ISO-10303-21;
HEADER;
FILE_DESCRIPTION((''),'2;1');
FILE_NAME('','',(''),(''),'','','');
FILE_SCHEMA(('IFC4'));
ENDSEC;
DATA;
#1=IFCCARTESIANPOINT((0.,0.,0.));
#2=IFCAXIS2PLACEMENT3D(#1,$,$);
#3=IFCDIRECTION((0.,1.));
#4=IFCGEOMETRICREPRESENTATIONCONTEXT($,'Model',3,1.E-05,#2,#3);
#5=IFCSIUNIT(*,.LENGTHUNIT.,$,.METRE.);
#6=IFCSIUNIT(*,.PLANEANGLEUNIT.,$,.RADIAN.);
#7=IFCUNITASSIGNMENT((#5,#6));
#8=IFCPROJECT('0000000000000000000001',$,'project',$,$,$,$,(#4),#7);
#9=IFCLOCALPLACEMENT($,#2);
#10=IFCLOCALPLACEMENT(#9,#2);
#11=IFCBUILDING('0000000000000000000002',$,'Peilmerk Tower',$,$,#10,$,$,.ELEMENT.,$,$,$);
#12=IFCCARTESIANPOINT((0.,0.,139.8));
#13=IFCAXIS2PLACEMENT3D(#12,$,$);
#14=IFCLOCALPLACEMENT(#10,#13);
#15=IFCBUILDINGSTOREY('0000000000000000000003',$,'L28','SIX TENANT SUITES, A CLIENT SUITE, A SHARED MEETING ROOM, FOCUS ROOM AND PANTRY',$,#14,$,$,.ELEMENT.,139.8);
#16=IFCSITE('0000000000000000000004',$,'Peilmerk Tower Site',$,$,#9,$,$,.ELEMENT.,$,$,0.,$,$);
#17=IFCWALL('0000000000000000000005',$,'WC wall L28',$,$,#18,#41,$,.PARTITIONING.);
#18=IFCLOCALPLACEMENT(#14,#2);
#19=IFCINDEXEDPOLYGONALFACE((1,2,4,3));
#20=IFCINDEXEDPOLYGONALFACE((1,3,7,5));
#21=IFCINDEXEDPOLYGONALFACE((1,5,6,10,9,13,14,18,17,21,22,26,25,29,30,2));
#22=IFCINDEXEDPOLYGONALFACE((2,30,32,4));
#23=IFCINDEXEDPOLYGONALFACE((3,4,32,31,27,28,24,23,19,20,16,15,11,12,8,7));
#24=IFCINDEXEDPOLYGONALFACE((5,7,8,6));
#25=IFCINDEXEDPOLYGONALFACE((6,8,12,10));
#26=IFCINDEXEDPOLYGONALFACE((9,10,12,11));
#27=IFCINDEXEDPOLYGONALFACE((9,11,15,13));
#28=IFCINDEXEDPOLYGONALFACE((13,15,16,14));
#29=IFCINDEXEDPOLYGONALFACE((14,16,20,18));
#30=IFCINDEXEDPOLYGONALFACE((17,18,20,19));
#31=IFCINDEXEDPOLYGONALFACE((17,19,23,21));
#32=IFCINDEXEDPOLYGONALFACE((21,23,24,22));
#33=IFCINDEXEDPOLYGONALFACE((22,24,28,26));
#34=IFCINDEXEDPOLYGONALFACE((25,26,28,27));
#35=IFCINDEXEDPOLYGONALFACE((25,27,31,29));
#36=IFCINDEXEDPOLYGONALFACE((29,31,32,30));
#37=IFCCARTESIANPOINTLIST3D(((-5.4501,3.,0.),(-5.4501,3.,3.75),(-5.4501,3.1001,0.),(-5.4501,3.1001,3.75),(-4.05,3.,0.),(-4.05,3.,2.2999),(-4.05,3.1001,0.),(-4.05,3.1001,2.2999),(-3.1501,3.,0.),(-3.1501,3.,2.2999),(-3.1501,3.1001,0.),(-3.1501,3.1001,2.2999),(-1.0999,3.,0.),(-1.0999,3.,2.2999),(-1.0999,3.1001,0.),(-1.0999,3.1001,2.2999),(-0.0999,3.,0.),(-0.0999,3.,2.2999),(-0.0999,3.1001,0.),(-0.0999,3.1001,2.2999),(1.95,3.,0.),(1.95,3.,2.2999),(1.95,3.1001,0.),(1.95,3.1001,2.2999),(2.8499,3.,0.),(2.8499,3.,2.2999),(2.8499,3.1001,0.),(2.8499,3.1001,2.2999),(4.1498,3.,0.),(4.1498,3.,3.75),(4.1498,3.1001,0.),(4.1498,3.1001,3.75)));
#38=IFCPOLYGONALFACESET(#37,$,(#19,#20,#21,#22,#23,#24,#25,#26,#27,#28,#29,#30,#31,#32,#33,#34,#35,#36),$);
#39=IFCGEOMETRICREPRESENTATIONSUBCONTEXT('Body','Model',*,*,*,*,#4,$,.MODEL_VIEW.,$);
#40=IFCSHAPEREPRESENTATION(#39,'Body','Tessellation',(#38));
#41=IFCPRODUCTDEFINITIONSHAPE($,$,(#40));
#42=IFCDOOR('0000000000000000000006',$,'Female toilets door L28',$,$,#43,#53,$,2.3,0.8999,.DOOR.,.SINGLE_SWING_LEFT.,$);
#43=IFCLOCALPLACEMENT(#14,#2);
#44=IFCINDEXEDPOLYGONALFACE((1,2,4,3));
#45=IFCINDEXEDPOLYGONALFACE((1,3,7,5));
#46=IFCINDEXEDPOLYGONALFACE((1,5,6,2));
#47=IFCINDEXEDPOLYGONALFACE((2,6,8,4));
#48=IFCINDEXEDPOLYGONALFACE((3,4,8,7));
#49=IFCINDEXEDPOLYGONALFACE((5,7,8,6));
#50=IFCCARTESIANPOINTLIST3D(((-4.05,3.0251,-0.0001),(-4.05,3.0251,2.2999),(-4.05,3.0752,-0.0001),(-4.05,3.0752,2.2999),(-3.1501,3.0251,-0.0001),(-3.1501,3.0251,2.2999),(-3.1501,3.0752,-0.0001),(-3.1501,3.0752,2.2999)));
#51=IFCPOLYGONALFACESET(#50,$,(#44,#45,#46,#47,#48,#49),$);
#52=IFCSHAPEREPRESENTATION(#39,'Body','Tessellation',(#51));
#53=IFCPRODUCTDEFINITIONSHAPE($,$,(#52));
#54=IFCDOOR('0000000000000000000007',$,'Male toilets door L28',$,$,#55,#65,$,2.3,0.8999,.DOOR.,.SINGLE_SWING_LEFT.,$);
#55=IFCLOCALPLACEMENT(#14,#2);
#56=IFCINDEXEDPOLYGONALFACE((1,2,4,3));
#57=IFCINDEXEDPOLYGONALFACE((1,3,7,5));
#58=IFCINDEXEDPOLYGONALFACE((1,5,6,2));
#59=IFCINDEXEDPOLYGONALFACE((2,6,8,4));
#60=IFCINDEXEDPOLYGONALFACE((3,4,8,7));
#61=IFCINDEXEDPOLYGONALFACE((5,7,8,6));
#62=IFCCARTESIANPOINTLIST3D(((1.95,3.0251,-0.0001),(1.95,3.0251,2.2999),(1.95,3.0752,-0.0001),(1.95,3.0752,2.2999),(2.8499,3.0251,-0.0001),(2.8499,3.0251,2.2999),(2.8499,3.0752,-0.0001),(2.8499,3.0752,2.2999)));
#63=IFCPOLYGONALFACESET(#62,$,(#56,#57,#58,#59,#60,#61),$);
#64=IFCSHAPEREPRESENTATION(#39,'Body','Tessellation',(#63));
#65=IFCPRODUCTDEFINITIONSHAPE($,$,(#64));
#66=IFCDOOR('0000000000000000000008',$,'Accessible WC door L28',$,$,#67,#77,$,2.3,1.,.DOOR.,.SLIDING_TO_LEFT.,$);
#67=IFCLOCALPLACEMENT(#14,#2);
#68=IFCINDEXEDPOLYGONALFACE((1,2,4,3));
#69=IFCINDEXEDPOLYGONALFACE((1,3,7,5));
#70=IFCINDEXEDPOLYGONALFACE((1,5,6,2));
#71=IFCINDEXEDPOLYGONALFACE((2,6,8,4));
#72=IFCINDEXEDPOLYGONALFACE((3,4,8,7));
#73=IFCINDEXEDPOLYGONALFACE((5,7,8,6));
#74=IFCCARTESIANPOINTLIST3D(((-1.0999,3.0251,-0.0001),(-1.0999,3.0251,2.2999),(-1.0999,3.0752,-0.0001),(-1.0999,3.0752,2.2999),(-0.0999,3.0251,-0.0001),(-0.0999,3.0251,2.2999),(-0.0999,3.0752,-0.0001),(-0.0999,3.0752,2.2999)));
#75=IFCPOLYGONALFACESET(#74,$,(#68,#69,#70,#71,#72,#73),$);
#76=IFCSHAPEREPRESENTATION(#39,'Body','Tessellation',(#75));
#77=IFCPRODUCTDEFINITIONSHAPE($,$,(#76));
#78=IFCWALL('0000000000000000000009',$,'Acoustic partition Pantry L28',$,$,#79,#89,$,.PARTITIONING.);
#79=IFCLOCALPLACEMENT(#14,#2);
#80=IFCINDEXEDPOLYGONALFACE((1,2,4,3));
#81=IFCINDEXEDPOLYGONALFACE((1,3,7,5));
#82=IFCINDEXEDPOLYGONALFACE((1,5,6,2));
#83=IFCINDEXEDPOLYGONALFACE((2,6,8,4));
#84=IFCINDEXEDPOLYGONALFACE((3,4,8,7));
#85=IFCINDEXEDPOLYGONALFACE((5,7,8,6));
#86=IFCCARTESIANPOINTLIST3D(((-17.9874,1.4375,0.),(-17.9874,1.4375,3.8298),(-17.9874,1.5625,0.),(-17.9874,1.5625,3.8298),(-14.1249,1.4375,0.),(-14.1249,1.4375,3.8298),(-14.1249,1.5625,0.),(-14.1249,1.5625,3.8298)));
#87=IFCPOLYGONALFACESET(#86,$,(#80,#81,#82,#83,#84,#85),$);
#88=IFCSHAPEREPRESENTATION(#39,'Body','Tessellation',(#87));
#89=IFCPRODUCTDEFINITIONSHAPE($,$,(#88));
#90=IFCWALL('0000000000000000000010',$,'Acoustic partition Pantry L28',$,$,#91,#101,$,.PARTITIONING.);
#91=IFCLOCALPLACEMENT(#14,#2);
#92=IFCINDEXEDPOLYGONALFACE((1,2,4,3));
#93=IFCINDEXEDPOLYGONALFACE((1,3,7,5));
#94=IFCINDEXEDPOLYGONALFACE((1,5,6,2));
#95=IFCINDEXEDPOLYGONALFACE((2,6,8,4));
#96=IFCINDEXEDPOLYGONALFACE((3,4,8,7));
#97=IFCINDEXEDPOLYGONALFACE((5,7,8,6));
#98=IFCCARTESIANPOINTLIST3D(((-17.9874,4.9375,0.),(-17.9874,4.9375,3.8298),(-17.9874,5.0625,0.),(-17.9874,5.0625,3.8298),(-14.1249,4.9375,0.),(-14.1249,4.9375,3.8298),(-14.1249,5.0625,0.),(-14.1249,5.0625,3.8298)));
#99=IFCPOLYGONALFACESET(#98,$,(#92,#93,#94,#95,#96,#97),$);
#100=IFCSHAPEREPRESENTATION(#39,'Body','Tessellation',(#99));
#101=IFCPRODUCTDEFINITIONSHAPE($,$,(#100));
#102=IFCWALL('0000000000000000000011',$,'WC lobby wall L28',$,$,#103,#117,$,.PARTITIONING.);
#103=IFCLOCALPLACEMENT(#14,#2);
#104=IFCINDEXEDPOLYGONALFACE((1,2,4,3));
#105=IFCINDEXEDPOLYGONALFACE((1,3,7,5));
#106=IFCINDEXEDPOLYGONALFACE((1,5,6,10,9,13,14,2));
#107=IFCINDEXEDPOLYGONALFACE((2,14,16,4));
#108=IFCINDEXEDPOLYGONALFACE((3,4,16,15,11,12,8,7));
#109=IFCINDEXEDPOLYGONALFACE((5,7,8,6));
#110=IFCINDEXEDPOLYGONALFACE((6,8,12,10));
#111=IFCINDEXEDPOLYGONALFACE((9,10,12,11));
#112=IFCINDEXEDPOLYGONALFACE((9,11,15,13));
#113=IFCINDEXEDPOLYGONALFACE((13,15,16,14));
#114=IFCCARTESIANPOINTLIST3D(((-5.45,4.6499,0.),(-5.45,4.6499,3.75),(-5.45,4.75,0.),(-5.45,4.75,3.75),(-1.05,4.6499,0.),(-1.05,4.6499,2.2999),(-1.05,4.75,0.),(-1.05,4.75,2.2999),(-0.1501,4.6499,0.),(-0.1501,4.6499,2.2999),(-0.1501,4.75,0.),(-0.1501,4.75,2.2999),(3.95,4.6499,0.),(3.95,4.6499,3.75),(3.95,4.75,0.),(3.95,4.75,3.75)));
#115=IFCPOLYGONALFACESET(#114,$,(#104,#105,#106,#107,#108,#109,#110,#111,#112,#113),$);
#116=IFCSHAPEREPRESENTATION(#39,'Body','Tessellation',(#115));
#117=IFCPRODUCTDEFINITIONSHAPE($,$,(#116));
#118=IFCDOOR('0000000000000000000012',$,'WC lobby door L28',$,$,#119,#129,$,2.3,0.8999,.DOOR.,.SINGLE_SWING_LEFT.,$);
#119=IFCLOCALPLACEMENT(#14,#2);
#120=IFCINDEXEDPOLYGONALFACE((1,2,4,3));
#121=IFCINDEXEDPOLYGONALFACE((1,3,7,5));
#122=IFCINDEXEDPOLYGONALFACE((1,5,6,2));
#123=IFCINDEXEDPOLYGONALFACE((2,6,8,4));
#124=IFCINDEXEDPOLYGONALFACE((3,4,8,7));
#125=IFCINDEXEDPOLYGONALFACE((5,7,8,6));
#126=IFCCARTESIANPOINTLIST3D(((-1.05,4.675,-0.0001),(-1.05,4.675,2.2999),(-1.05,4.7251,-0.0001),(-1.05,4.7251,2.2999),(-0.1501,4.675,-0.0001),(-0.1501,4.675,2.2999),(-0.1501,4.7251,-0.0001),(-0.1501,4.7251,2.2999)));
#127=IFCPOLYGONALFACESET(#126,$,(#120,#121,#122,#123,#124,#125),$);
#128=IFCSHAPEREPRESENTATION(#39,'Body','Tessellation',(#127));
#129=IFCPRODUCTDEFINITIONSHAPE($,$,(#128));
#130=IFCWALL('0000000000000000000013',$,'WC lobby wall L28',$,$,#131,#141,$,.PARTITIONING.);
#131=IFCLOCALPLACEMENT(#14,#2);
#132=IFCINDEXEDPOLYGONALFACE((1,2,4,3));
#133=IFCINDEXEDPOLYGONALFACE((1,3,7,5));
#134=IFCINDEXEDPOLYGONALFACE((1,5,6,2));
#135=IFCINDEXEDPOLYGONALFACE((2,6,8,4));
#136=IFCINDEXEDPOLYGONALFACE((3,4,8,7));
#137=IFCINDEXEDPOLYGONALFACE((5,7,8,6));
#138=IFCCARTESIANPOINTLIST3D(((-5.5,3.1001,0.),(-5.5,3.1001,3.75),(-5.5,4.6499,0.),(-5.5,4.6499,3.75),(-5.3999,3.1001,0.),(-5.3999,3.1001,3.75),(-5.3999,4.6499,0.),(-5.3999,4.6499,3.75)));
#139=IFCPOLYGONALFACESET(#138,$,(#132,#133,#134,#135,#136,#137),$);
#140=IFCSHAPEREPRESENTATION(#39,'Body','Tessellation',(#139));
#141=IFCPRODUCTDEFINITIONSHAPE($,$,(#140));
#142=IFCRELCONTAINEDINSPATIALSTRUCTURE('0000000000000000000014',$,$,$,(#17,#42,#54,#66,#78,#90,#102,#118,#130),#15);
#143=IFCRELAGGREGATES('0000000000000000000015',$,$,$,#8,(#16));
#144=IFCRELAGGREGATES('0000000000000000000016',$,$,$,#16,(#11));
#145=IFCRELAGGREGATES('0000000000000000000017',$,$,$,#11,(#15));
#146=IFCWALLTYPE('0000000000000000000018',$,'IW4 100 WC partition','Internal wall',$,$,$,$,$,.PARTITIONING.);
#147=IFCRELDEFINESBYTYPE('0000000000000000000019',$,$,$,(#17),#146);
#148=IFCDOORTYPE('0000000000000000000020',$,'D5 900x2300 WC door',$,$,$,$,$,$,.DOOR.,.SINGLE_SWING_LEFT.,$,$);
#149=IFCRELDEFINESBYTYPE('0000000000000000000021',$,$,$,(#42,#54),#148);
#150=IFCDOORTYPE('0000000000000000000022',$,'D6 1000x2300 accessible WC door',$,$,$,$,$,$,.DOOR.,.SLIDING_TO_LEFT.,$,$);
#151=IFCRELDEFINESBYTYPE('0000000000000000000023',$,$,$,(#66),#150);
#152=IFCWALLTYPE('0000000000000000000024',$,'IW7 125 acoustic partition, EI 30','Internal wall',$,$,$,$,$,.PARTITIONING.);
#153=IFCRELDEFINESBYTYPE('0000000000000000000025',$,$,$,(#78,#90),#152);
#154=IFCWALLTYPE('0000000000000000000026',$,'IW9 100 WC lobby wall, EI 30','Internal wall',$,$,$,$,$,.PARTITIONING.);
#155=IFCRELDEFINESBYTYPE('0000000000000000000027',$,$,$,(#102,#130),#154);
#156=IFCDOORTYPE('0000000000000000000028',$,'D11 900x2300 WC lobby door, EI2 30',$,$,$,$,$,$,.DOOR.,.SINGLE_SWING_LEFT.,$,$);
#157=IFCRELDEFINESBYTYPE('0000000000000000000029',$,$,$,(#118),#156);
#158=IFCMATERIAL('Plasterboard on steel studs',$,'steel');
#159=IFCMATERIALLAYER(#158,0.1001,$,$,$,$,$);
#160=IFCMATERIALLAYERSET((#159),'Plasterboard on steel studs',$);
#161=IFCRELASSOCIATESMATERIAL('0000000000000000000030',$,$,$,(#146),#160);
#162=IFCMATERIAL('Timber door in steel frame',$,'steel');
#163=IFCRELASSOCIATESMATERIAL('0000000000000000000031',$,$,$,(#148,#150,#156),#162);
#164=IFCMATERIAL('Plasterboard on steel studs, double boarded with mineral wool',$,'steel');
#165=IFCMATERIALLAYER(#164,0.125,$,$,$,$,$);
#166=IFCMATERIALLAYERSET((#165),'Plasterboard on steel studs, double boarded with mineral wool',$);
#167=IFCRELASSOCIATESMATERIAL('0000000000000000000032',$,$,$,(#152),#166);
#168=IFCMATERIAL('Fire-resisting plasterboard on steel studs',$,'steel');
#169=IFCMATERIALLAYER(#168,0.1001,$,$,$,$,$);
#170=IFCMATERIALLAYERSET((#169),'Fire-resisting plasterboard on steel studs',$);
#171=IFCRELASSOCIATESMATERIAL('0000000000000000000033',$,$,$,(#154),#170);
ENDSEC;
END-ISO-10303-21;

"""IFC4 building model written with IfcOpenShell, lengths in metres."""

from ifc_helpers import new_model, si_unit, direction, frame, frame_2d, origin, place, context, subcontext, project, spatial, rectangle, extrude, material, layer, layer_set, type_object, element, fill, save


model = new_model("IFC4")

# Units and contexts
model_context = context("Model", 3, precision=1e-05, world=origin(), true_north=direction((0.0, 1.0)))
body_context = subcontext(model_context, "Body", "Model", "MODEL_VIEW")
ifc_project = project(units=[si_unit("LENGTHUNIT", "METRE"), si_unit("PLANEANGLEUNIT", "RADIAN")], contexts=[model_context])

# Site, building, storey
site_placement = place(None, origin())
site = spatial("IfcSite", under=ifc_project, at=site_placement, Name="Peilmerk Tower Site", CompositionType="ELEMENT", RefElevation=0.0)
building_placement = place(site_placement, origin())
building = spatial("IfcBuilding", under=site, at=building_placement, Name="Peilmerk Tower", CompositionType="ELEMENT")
storey_placement = place(building_placement, frame((0.0, 0.0, 139.8)))
storey = spatial("IfcBuildingStorey", under=building, at=storey_placement, Name="L28", Description="SIX TENANT SUITES, A CLIENT SUITE, A SHARED MEETING ROOM, FOCUS ROOM AND PANTRY", CompositionType="ELEMENT", Elevation=139.8)

# Wall, openings, doors
ifc_material_1 = material(Name="Plasterboard on steel studs", Category="steel")
ifc_layer_1 = layer(ifc_material_1, 0.1001)
ifc_layer_set_1 = layer_set([ifc_layer_1], Name="Plasterboard on steel studs")
wall_type_1 = type_object("IfcWallType", Name="IW4 100 WC partition", Description="Internal wall", PredefinedType="PARTITIONING", material=ifc_layer_set_1)
wall_1_placement = place(storey_placement, frame((-5.45, 3.05, 0.0), z_axis=(0.0, 0.0, 1.0), x_axis=(1.0, 0.0, 0.0)))
wall_1 = element("IfcWall", 1, at=wall_1_placement, inside=storey, type_object=wall_type_1, Name="WC wall L28", PredefinedType="PARTITIONING", context=body_context, shape_type="SweptSolid", body=[
    extrude(rectangle(XDim=9.5999, YDim=0.1001, at=frame_2d((4.7998, 0.0))), origin(), (0.0, 0.0, 1.0), 3.75),
])
opening_1_placement = place(wall_1_placement, frame((1.3999, 0.0, 0.0)))
opening_1 = element("IfcOpeningElement", 2, at=opening_1_placement, cuts=wall_1, PredefinedType="OPENING", context=body_context, shape_type="SweptSolid", body=[
    extrude(rectangle(XDim=0.8999, YDim=2.3, at=frame_2d((0.45, 1.1499))), frame((0.0, 0.0601, 0.0), z_axis=(0.0, -1.0, 0.0), x_axis=(1.0, 0.0, 0.0)), (0.0, 0.0, 1.0), 0.1201),
])
opening_2_placement = place(wall_1_placement, frame((4.3501, 0.0, 0.0)))
opening_2 = element("IfcOpeningElement", 3, at=opening_2_placement, cuts=wall_1, PredefinedType="OPENING", context=body_context, shape_type="SweptSolid", body=[
    extrude(rectangle(XDim=1.0, YDim=2.3, at=frame_2d((0.5, 1.1499))), frame((0.0, 0.0601, 0.0), z_axis=(0.0, -1.0, 0.0), x_axis=(1.0, 0.0, 0.0)), (0.0, 0.0, 1.0), 0.1201),
])
opening_3_placement = place(wall_1_placement, frame((7.3999, 0.0, 0.0)))
opening_3 = element("IfcOpeningElement", 4, at=opening_3_placement, cuts=wall_1, PredefinedType="OPENING", context=body_context, shape_type="SweptSolid", body=[
    extrude(rectangle(XDim=0.8999, YDim=2.3, at=frame_2d((0.45, 1.1499))), frame((0.0, 0.0601, 0.0), z_axis=(0.0, -1.0, 0.0), x_axis=(1.0, 0.0, 0.0)), (0.0, 0.0, 1.0), 0.1201),
])
ifc_material_2 = material(Name="Timber door in steel frame", Category="steel")
door_type_1 = type_object("IfcDoorType", Name="D5 900x2300 WC door", OperationType="SINGLE_SWING_LEFT", PredefinedType="DOOR", material=ifc_material_2)
door_1_placement = place(opening_1_placement, frame((0.8999, 0.0, 0.0), z_axis=(0.0, 0.0, 1.0), x_axis=(-1.0, 0.0, 0.0)))
door_1 = element("IfcDoor", 5, at=door_1_placement, inside=storey, type_object=door_type_1, Name="Female toilets door L28", OperationType="SINGLE_SWING_LEFT", OverallHeight=2.3, OverallWidth=0.8999, PredefinedType="DOOR", context=body_context, shape_type="SweptSolid", body=[
    extrude(rectangle(XDim=0.8999, YDim=2.3, at=frame_2d((0.45, 1.1499))), frame((0.0, 0.0249, 0.0), z_axis=(0.0, -1.0, 0.0), x_axis=(1.0, 0.0, 0.0)), (0.0, 0.0, 1.0), 0.05),
])
fill(opening_1, door_1)
door_2_placement = place(opening_3_placement, frame((0.8999, 0.0, 0.0), z_axis=(0.0, 0.0, 1.0), x_axis=(-1.0, 0.0, 0.0)))
door_2 = element("IfcDoor", 6, at=door_2_placement, inside=storey, type_object=door_type_1, Name="Male toilets door L28", OperationType="SINGLE_SWING_LEFT", OverallHeight=2.3, OverallWidth=0.8999, PredefinedType="DOOR", context=body_context, shape_type="SweptSolid", body=[
    extrude(rectangle(XDim=0.8999, YDim=2.3, at=frame_2d((0.45, 1.1499))), frame((0.0, 0.0249, 0.0), z_axis=(0.0, -1.0, 0.0), x_axis=(1.0, 0.0, 0.0)), (0.0, 0.0, 1.0), 0.05),
])
fill(opening_3, door_2)
door_type_2 = type_object("IfcDoorType", Name="D6 1000x2300 accessible WC door", OperationType="SLIDING_TO_LEFT", PredefinedType="DOOR", material=ifc_material_2)
door_3_placement = place(opening_2_placement, frame((1.0, 0.0, 0.0), z_axis=(0.0, 0.0, 1.0), x_axis=(-1.0, 0.0, 0.0)))
door_3 = element("IfcDoor", 7, at=door_3_placement, inside=storey, type_object=door_type_2, Name="Accessible WC door L28", OperationType="SLIDING_TO_LEFT", OverallHeight=2.3, OverallWidth=1.0, PredefinedType="DOOR", context=body_context, shape_type="SweptSolid", body=[
    extrude(rectangle(XDim=1.0, YDim=2.3, at=frame_2d((0.5, 1.1499))), frame((0.0, 0.0249, 0.0), z_axis=(0.0, -1.0, 0.0), x_axis=(1.0, 0.0, 0.0)), (0.0, 0.0, 1.0), 0.05),
])
fill(opening_2, door_3)

# Walls
ifc_material_3 = material(Name="Plasterboard on steel studs, double boarded with mineral wool", Category="steel")
ifc_layer_2 = layer(ifc_material_3, 0.125)
ifc_layer_set_2 = layer_set([ifc_layer_2], Name="Plasterboard on steel studs, double boarded with mineral wool")
wall_type_2 = type_object("IfcWallType", Name="IW7 125 acoustic partition, EI 30", Description="Internal wall", PredefinedType="PARTITIONING", material=ifc_layer_set_2)
for number, where, z_axis, x_axis, name in (
    (8, (-14.125, 1.5, 0.0), (0.0, 0.0, 1.0), (-1.0, 0.0, 0.0), "Acoustic partition Pantry L28"),
    (9, (-14.125, 5.0, 0.0), (0.0, 0.0, 1.0), (-1.0, 0.0, 0.0), "Acoustic partition Pantry L28"),
):
    element("IfcWall", number, at=place(storey_placement, frame(where, z_axis=z_axis, x_axis=x_axis)), inside=storey, type_object=wall_type_2, Name=name, PredefinedType="PARTITIONING", context=body_context, shape_type="SweptSolid", body=[
        extrude(rectangle(XDim=3.8625, YDim=0.125, at=frame_2d((1.9312, 0.0))), origin(), (0.0, 0.0, 1.0), 3.8298),
    ])

# Wall, opening, door
ifc_material_4 = material(Name="Fire-resisting plasterboard on steel studs", Category="steel")
ifc_layer_3 = layer(ifc_material_4, 0.1001)
ifc_layer_set_3 = layer_set([ifc_layer_3], Name="Fire-resisting plasterboard on steel studs")
wall_type_3 = type_object("IfcWallType", Name="IW9 100 WC lobby wall, EI 30", Description="Internal wall", PredefinedType="PARTITIONING", material=ifc_layer_set_3)
wall_2_placement = place(storey_placement, frame((-5.45, 4.7, 0.0), z_axis=(0.0, 0.0, 1.0), x_axis=(1.0, 0.0, 0.0)))
wall_2 = element("IfcWall", 10, at=wall_2_placement, inside=storey, type_object=wall_type_3, Name="WC lobby wall L28", PredefinedType="PARTITIONING", context=body_context, shape_type="SweptSolid", body=[
    extrude(rectangle(XDim=9.3999, YDim=0.1001, at=frame_2d((4.7, 0.0))), origin(), (0.0, 0.0, 1.0), 3.75),
])
opening_4_placement = place(wall_2_placement, frame((4.3999, 0.0, 0.0)))
opening_4 = element("IfcOpeningElement", 11, at=opening_4_placement, cuts=wall_2, PredefinedType="OPENING", context=body_context, shape_type="SweptSolid", body=[
    extrude(rectangle(XDim=0.8999, YDim=2.3, at=frame_2d((0.45, 1.1499))), frame((0.0, 0.0601, 0.0), z_axis=(0.0, -1.0, 0.0), x_axis=(1.0, 0.0, 0.0)), (0.0, 0.0, 1.0), 0.1201),
])
door_type_3 = type_object("IfcDoorType", Name="D11 900x2300 WC lobby door, EI2 30", OperationType="SINGLE_SWING_LEFT", PredefinedType="DOOR", material=ifc_material_2)
door_4_placement = place(opening_4_placement, frame((0.8999, 0.0, 0.0), z_axis=(0.0, 0.0, 1.0), x_axis=(-1.0, 0.0, 0.0)))
door_4 = element("IfcDoor", 12, at=door_4_placement, inside=storey, type_object=door_type_3, Name="WC lobby door L28", OperationType="SINGLE_SWING_LEFT", OverallHeight=2.3, OverallWidth=0.8999, PredefinedType="DOOR", context=body_context, shape_type="SweptSolid", body=[
    extrude(rectangle(XDim=0.8999, YDim=2.3, at=frame_2d((0.45, 1.1499))), frame((0.0, 0.0249, 0.0), z_axis=(0.0, -1.0, 0.0), x_axis=(1.0, 0.0, 0.0)), (0.0, 0.0, 1.0), 0.05),
])
fill(opening_4, door_4)

# Wall
wall_3_placement = place(storey_placement, frame((-5.45, 3.1001, 0.0), z_axis=(0.0, 0.0, 1.0), x_axis=(0.0, 1.0, 0.0)))
element("IfcWall", 13, at=wall_3_placement, inside=storey, type_object=wall_type_3, Name="WC lobby wall L28", PredefinedType="PARTITIONING", context=body_context, shape_type="SweptSolid", body=[
    extrude(rectangle(XDim=1.5498, YDim=0.1001, at=frame_2d((0.7749, 0.0))), origin(), (0.0, 0.0, 1.0), 3.75),
])

save(model, "model.ifc")
